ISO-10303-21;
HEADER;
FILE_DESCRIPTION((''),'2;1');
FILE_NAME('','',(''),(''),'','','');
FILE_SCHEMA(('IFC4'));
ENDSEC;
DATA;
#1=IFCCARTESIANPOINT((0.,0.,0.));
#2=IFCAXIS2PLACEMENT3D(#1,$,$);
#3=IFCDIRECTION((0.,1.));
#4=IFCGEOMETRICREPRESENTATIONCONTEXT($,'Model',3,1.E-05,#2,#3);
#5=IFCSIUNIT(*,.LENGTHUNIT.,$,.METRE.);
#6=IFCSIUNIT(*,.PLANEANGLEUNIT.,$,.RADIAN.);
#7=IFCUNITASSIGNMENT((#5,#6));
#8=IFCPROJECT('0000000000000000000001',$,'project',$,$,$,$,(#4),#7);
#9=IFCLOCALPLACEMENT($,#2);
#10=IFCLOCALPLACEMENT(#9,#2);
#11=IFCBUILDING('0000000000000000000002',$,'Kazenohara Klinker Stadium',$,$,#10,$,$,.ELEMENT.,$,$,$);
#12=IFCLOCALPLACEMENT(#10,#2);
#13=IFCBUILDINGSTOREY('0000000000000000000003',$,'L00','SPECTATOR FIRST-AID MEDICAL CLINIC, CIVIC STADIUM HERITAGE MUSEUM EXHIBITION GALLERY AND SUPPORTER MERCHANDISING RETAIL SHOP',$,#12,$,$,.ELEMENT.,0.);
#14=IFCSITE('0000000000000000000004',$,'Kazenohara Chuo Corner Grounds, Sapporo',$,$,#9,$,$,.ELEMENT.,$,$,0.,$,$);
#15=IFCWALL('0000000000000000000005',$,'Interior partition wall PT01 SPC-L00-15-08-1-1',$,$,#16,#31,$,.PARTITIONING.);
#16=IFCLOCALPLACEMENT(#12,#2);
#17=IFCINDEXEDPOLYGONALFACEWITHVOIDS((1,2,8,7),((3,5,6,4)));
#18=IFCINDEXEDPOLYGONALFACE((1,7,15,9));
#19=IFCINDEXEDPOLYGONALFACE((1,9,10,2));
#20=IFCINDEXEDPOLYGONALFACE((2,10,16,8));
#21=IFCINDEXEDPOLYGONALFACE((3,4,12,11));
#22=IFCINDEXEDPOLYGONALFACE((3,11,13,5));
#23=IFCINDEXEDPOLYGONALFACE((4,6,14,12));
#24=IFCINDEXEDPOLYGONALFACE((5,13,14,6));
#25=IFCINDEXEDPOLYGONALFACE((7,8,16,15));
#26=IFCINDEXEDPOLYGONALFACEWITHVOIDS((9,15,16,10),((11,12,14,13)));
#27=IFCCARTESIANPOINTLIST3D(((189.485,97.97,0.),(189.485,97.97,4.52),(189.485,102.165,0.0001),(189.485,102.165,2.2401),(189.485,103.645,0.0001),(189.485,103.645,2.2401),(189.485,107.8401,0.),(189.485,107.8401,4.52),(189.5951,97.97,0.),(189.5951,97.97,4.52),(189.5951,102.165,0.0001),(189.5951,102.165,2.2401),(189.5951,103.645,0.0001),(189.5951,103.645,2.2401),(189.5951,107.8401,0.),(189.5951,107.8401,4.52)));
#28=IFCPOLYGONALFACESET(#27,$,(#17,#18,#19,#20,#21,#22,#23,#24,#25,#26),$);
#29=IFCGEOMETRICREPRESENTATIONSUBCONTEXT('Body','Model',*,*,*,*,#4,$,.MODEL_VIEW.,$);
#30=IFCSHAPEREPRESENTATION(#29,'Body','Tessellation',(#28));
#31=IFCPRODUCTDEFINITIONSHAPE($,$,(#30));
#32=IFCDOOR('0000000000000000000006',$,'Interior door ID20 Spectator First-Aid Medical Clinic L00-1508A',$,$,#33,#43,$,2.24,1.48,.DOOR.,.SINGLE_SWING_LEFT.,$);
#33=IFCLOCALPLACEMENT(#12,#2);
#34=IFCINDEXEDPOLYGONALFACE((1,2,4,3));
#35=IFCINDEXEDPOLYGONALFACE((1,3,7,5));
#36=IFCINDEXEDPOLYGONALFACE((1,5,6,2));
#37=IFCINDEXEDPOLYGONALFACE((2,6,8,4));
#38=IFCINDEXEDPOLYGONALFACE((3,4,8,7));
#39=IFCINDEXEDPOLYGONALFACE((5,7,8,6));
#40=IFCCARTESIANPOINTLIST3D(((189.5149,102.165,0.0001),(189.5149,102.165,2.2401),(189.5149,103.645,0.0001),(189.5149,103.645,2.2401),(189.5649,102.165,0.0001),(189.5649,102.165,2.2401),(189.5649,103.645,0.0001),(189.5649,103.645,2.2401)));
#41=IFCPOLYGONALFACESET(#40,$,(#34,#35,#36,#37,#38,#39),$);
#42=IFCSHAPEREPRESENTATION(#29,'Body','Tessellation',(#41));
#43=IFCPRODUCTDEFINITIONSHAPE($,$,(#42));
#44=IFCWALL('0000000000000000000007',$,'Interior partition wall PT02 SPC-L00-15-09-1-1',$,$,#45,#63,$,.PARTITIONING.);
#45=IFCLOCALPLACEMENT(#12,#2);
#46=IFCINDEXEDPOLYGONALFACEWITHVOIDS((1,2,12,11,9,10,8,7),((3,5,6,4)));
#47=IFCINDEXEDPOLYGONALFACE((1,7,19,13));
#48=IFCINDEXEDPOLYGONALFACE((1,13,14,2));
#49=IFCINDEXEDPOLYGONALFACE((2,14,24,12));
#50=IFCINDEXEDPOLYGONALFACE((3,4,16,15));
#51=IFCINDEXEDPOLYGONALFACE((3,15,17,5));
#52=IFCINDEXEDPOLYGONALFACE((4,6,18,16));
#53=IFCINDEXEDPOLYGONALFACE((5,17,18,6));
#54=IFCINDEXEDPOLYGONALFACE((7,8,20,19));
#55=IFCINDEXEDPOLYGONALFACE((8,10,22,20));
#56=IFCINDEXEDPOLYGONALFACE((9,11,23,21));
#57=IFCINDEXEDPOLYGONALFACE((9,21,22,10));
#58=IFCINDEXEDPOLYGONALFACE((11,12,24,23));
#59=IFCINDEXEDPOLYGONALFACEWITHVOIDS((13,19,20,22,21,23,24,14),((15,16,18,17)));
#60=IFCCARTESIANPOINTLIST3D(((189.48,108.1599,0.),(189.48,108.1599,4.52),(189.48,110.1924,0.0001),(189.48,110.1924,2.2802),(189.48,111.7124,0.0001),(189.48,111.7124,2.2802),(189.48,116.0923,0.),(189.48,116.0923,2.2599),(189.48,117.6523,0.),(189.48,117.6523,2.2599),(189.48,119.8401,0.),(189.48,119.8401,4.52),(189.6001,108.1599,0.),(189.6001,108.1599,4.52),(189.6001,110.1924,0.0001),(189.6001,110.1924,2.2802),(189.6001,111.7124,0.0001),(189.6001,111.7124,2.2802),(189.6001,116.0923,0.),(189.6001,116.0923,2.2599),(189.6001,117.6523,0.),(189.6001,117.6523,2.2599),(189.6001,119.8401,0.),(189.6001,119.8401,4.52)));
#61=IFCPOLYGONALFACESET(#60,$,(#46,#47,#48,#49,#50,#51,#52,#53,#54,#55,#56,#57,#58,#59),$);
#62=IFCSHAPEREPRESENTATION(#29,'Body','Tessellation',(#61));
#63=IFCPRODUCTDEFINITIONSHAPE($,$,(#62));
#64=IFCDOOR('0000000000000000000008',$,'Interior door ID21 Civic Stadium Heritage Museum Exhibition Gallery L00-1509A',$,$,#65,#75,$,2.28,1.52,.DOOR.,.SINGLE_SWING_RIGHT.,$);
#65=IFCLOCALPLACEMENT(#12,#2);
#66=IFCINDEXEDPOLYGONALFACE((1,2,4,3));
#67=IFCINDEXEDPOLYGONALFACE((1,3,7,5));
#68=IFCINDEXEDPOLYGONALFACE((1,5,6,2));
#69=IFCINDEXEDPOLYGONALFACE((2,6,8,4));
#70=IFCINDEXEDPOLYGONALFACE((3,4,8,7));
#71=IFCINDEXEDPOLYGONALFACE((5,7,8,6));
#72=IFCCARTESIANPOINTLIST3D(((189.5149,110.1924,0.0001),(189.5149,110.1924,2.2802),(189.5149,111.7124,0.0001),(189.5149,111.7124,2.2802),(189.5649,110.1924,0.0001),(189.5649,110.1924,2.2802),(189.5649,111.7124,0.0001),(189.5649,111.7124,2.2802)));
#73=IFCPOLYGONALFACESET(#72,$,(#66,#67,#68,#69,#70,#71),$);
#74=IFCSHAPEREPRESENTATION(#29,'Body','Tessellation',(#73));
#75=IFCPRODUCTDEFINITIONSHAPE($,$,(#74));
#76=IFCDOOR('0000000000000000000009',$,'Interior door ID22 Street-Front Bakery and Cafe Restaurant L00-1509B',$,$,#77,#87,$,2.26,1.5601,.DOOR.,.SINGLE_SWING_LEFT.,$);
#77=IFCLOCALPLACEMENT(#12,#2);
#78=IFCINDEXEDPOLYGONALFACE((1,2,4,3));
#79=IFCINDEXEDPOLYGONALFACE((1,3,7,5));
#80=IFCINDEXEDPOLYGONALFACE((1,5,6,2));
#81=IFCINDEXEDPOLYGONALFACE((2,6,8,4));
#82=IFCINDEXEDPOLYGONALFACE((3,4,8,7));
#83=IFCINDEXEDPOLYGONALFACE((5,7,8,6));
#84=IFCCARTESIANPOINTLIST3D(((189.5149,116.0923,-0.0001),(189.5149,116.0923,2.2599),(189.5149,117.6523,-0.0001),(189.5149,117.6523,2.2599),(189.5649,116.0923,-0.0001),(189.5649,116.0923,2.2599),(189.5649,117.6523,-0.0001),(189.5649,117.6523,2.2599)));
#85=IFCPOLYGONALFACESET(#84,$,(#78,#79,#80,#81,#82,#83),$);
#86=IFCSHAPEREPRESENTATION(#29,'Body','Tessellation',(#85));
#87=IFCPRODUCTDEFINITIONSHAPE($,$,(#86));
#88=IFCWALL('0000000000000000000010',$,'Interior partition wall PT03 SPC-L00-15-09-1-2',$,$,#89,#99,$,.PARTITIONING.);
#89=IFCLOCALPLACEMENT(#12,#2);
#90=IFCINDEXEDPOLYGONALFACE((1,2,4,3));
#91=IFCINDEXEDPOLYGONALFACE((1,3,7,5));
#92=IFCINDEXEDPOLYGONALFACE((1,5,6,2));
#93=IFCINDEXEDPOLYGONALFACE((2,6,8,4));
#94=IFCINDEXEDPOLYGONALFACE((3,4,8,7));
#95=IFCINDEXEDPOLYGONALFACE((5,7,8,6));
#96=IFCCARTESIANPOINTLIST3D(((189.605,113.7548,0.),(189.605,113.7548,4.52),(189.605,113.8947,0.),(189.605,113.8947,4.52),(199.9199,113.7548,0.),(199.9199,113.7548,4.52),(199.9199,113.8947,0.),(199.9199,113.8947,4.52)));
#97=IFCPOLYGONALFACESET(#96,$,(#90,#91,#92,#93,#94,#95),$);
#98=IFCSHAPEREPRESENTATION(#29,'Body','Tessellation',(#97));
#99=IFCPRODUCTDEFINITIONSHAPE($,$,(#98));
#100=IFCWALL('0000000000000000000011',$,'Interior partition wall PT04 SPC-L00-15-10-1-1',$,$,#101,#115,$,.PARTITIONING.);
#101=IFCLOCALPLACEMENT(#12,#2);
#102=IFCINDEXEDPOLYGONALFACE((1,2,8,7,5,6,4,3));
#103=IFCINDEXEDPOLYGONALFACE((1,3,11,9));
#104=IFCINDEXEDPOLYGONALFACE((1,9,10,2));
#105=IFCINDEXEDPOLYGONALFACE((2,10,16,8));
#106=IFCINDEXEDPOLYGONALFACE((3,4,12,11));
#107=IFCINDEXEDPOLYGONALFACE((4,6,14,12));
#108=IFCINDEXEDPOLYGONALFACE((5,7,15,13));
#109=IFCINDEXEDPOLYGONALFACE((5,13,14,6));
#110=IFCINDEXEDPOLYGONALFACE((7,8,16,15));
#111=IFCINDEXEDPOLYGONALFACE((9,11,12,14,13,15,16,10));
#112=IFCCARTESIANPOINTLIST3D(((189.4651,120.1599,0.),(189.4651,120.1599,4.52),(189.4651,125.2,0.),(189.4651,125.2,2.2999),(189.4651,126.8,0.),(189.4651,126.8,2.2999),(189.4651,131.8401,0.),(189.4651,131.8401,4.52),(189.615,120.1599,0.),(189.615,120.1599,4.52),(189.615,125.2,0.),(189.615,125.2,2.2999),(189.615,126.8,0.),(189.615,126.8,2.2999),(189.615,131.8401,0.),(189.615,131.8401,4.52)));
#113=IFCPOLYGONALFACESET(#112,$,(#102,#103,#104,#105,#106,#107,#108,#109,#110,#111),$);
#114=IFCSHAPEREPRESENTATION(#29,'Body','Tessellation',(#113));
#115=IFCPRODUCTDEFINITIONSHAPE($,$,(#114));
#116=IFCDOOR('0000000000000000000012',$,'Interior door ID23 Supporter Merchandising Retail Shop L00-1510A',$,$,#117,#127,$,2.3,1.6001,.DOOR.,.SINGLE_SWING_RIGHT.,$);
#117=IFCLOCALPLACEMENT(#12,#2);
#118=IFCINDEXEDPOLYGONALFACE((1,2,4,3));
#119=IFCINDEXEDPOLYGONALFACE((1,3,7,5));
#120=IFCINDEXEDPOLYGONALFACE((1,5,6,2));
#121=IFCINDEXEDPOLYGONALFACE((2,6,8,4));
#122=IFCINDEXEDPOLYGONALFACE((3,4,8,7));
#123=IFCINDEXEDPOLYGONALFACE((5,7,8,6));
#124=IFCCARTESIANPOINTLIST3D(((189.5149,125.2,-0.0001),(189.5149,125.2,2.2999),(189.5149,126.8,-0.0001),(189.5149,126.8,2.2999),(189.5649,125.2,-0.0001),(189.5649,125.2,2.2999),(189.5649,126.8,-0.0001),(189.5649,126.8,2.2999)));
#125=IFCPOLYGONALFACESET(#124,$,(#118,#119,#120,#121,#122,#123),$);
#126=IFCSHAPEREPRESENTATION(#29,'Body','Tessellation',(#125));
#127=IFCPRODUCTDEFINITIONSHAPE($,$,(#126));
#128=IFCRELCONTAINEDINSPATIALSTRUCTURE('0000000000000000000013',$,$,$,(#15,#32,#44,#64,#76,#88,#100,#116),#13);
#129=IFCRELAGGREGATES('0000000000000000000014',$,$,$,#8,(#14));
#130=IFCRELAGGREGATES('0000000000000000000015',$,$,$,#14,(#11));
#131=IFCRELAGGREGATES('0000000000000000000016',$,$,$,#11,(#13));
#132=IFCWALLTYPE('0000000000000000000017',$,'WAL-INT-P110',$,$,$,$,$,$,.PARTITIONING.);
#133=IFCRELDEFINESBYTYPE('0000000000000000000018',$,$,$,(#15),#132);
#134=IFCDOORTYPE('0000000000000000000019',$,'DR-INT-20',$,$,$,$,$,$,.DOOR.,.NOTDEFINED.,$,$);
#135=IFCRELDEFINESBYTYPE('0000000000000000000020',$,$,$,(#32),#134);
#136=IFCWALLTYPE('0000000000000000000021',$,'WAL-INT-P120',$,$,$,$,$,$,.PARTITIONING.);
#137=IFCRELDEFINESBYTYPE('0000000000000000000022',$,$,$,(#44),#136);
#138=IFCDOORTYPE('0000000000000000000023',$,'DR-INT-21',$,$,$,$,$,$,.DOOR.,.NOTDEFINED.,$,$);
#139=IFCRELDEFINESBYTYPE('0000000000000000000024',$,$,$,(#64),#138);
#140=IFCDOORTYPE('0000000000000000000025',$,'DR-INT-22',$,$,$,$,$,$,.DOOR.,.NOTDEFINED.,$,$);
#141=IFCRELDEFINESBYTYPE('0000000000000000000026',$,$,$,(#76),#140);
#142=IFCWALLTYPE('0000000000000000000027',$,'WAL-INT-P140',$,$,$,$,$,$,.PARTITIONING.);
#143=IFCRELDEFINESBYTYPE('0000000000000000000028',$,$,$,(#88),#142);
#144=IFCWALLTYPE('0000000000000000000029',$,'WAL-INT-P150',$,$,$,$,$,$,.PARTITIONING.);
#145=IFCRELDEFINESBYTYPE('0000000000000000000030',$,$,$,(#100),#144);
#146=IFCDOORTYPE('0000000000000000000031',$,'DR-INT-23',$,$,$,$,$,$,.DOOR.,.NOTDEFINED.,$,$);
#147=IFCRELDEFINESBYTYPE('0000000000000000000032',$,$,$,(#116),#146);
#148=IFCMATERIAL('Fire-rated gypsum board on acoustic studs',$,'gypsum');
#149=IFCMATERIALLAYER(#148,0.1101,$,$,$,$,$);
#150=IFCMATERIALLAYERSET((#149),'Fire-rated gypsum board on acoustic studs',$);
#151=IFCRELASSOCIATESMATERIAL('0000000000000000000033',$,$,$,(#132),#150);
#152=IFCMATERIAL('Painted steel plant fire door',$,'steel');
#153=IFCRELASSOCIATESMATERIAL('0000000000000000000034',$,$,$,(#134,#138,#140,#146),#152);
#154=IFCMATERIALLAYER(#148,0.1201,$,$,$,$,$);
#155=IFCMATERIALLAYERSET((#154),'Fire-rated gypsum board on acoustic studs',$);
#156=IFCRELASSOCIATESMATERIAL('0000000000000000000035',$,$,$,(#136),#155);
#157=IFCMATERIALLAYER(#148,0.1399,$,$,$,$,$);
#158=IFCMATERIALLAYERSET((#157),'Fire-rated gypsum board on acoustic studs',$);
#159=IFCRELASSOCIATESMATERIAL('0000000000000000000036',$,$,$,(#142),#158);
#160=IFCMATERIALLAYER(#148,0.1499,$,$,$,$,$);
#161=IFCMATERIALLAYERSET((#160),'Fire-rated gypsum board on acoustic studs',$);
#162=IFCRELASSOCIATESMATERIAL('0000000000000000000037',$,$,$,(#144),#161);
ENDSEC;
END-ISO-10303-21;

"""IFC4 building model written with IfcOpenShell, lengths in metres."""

from ifc_helpers import new_model, si_unit, direction, frame, frame_2d, origin, place, context, subcontext, project, spatial, rectangle, extrude, material, layer, layer_set, type_object, element, fill, save


model = new_model("IFC4")

# Units and contexts
model_context = context("Model", 3, precision=1e-05, world=origin(), true_north=direction((0.0, 1.0)))
body_context = subcontext(model_context, "Body", "Model", "MODEL_VIEW")
ifc_project = project(units=[si_unit("LENGTHUNIT", "METRE"), si_unit("PLANEANGLEUNIT", "RADIAN")], contexts=[model_context])

# Site, building, storey
site_placement = place(None, origin())
site = spatial("IfcSite", under=ifc_project, at=site_placement, Name="Kazenohara Chuo Corner Grounds, Sapporo", CompositionType="ELEMENT", RefElevation=0.0)
building_placement = place(site_placement, origin())
building = spatial("IfcBuilding", under=site, at=building_placement, Name="Kazenohara Klinker Stadium", CompositionType="ELEMENT")
storey_placement = place(building_placement, origin())
storey = spatial("IfcBuildingStorey", under=building, at=storey_placement, Name="L00", Description="SPECTATOR FIRST-AID MEDICAL CLINIC, CIVIC STADIUM HERITAGE MUSEUM EXHIBITION GALLERY AND SUPPORTER MERCHANDISING RETAIL SHOP", CompositionType="ELEMENT", Elevation=0.0)

# Wall, opening, door
ifc_material_1 = material(Name="Fire-rated gypsum board on acoustic studs", Category="gypsum")
ifc_layer_1 = layer(ifc_material_1, 0.1101)
ifc_layer_set_1 = layer_set([ifc_layer_1], Name="Fire-rated gypsum board on acoustic studs")
wall_type_1 = type_object("IfcWallType", Name="WAL-INT-P110", PredefinedType="PARTITIONING", material=ifc_layer_set_1)
wall_1_placement = place(storey_placement, frame((189.54, 97.97, 0.0), z_axis=(0.0, 0.0, 1.0), x_axis=(0.0, 1.0, 0.0)))
wall_1 = element("IfcWall", 1, at=wall_1_placement, inside=storey, type_object=wall_type_1, Name="Interior partition wall PT01 SPC-L00-15-08-1-1", PredefinedType="PARTITIONING", context=body_context, shape_type="SweptSolid", body=[
    extrude(rectangle(XDim=9.8701, YDim=0.1101, at=frame_2d((4.9351, 0.0))), origin(), (0.0, 0.0, 1.0), 4.52),
])
opening_1_placement = place(wall_1_placement, frame((5.675, 0.0, 0.0), z_axis=(0.0, 0.0, 1.0), x_axis=(-1.0, 0.0, 0.0)))
opening_1 = element("IfcOpeningElement", 2, at=opening_1_placement, cuts=wall_1, PredefinedType="OPENING", context=body_context, shape_type="SweptSolid", body=[
    extrude(rectangle(XDim=1.48, YDim=2.24, at=frame_2d((0.74, 1.1201))), frame((0.0, 0.0649, 0.0), z_axis=(0.0, -1.0, 0.0), x_axis=(1.0, 0.0, 0.0)), (0.0, 0.0, 1.0), 0.1301),
])
ifc_material_2 = material(Name="Painted steel plant fire door", Category="steel")
door_type_1 = type_object("IfcDoorType", Name="DR-INT-20", OperationType="NOTDEFINED", PredefinedType="DOOR", material=ifc_material_2)
door_1_placement = place(opening_1_placement, origin())
door_1 = element("IfcDoor", 3, at=door_1_placement, inside=storey, type_object=door_type_1, Name="Interior door ID20 Spectator First-Aid Medical Clinic L00-1508A", OperationType="SINGLE_SWING_LEFT", OverallHeight=2.24, OverallWidth=1.48, PredefinedType="DOOR", context=body_context, shape_type="SweptSolid", body=[
    extrude(rectangle(XDim=1.48, YDim=2.24, at=frame_2d((0.74, 1.1201))), frame((0.0, 0.0249, 0.0), z_axis=(0.0, -1.0, 0.0), x_axis=(1.0, 0.0, 0.0)), (0.0, 0.0, 1.0), 0.05),
])
fill(opening_1, door_1)

# Wall, openings, doors
ifc_layer_2 = layer(ifc_material_1, 0.1201)
ifc_layer_set_2 = layer_set([ifc_layer_2], Name="Fire-rated gypsum board on acoustic studs")
wall_type_2 = type_object("IfcWallType", Name="WAL-INT-P120", PredefinedType="PARTITIONING", material=ifc_layer_set_2)
wall_2_placement = place(storey_placement, frame((189.54, 108.1599, 0.0), z_axis=(0.0, 0.0, 1.0), x_axis=(0.0, 1.0, 0.0)))
wall_2 = element("IfcWall", 4, at=wall_2_placement, inside=storey, type_object=wall_type_2, Name="Interior partition wall PT02 SPC-L00-15-09-1-1", PredefinedType="PARTITIONING", context=body_context, shape_type="SweptSolid", body=[
    extrude(rectangle(XDim=11.6802, YDim=0.1201, at=frame_2d((5.8401, 0.0))), origin(), (0.0, 0.0, 1.0), 4.52),
])
opening_2_placement = place(wall_2_placement, frame((3.5525, 0.0, 0.0), z_axis=(0.0, 0.0, 1.0), x_axis=(-1.0, 0.0, 0.0)))
opening_2 = element("IfcOpeningElement", 5, at=opening_2_placement, cuts=wall_2, PredefinedType="OPENING", context=body_context, shape_type="SweptSolid", body=[
    extrude(rectangle(XDim=1.52, YDim=2.28, at=frame_2d((0.76, 1.1401))), frame((0.0, 0.0701, 0.0), z_axis=(0.0, -1.0, 0.0), x_axis=(1.0, 0.0, 0.0)), (0.0, 0.0, 1.0), 0.1401),
])
opening_3_placement = place(wall_2_placement, frame((9.4924, 0.0, 0.0), z_axis=(0.0, 0.0, 1.0), x_axis=(-1.0, 0.0, 0.0)))
opening_3 = element("IfcOpeningElement", 6, at=opening_3_placement, cuts=wall_2, PredefinedType="OPENING", context=body_context, shape_type="SweptSolid", body=[
    extrude(rectangle(XDim=1.5601, YDim=2.26, at=frame_2d((0.78, 1.1299))), frame((0.0, 0.0701, 0.0), z_axis=(0.0, -1.0, 0.0), x_axis=(1.0, 0.0, 0.0)), (0.0, 0.0, 1.0), 0.1401),
])
door_type_2 = type_object("IfcDoorType", Name="DR-INT-21", OperationType="NOTDEFINED", PredefinedType="DOOR", material=ifc_material_2)
door_2_placement = place(opening_2_placement, origin())
door_2 = element("IfcDoor", 7, at=door_2_placement, inside=storey, type_object=door_type_2, Name="Interior door ID21 Civic Stadium Heritage Museum Exhibition Gallery L00-1509A", OperationType="SINGLE_SWING_RIGHT", OverallHeight=2.28, OverallWidth=1.52, PredefinedType="DOOR", context=body_context, shape_type="SweptSolid", body=[
    extrude(rectangle(XDim=1.52, YDim=2.28, at=frame_2d((0.76, 1.1401))), frame((0.0, 0.0249, 0.0), z_axis=(0.0, -1.0, 0.0), x_axis=(1.0, 0.0, 0.0)), (0.0, 0.0, 1.0), 0.05),
])
fill(opening_2, door_2)
door_type_3 = type_object("IfcDoorType", Name="DR-INT-22", OperationType="NOTDEFINED", PredefinedType="DOOR", material=ifc_material_2)
door_3_placement = place(opening_3_placement, origin())
door_3 = element("IfcDoor", 8, at=door_3_placement, inside=storey, type_object=door_type_3, Name="Interior door ID22 Street-Front Bakery and Cafe Restaurant L00-1509B", OperationType="SINGLE_SWING_LEFT", OverallHeight=2.26, OverallWidth=1.5601, PredefinedType="DOOR", context=body_context, shape_type="SweptSolid", body=[
    extrude(rectangle(XDim=1.5601, YDim=2.26, at=frame_2d((0.78, 1.1299))), frame((0.0, 0.0249, 0.0), z_axis=(0.0, -1.0, 0.0), x_axis=(1.0, 0.0, 0.0)), (0.0, 0.0, 1.0), 0.05),
])
fill(opening_3, door_3)

# Wall
ifc_layer_3 = layer(ifc_material_1, 0.1399)
ifc_layer_set_3 = layer_set([ifc_layer_3], Name="Fire-rated gypsum board on acoustic studs")
wall_type_3 = type_object("IfcWallType", Name="WAL-INT-P140", PredefinedType="PARTITIONING", material=ifc_layer_set_3)
wall_3_placement = place(storey_placement, frame((189.605, 113.8247, 0.0), z_axis=(0.0, 0.0, 1.0), x_axis=(1.0, 0.0, 0.0)))
element("IfcWall", 9, at=wall_3_placement, inside=storey, type_object=wall_type_3, Name="Interior partition wall PT03 SPC-L00-15-09-1-2", PredefinedType="PARTITIONING", context=body_context, shape_type="SweptSolid", body=[
    extrude(rectangle(XDim=10.3149, YDim=0.1399, at=frame_2d((5.1575, 0.0))), origin(), (0.0, 0.0, 1.0), 4.52),
])

# Wall, opening, door
ifc_layer_4 = layer(ifc_material_1, 0.1499)
ifc_layer_set_4 = layer_set([ifc_layer_4], Name="Fire-rated gypsum board on acoustic studs")
wall_type_4 = type_object("IfcWallType", Name="WAL-INT-P150", PredefinedType="PARTITIONING", material=ifc_layer_set_4)
wall_4_placement = place(storey_placement, frame((189.54, 120.1599, 0.0), z_axis=(0.0, 0.0, 1.0), x_axis=(0.0, 1.0, 0.0)))
wall_4 = element("IfcWall", 10, at=wall_4_placement, inside=storey, type_object=wall_type_4, Name="Interior partition wall PT04 SPC-L00-15-10-1-1", PredefinedType="PARTITIONING", context=body_context, shape_type="SweptSolid", body=[
    extrude(rectangle(XDim=11.6802, YDim=0.1499, at=frame_2d((5.8401, 0.0))), origin(), (0.0, 0.0, 1.0), 4.52),
])
opening_4_placement = place(wall_4_placement, frame((6.6401, 0.0, 0.0), z_axis=(0.0, 0.0, 1.0), x_axis=(-1.0, 0.0, 0.0)))
opening_4 = element("IfcOpeningElement", 11, at=opening_4_placement, cuts=wall_4, PredefinedType="OPENING", context=body_context, shape_type="SweptSolid", body=[
    extrude(rectangle(XDim=1.6001, YDim=2.3, at=frame_2d((0.8, 1.1499))), frame((0.0, 0.085, 0.0), z_axis=(0.0, -1.0, 0.0), x_axis=(1.0, 0.0, 0.0)), (0.0, 0.0, 1.0), 0.1699),
])
door_type_4 = type_object("IfcDoorType", Name="DR-INT-23", OperationType="NOTDEFINED", PredefinedType="DOOR", material=ifc_material_2)
door_4_placement = place(opening_4_placement, origin())
door_4 = element("IfcDoor", 12, at=door_4_placement, inside=storey, type_object=door_type_4, Name="Interior door ID23 Supporter Merchandising Retail Shop L00-1510A", OperationType="SINGLE_SWING_RIGHT", OverallHeight=2.3, OverallWidth=1.6001, PredefinedType="DOOR", context=body_context, shape_type="SweptSolid", body=[
    extrude(rectangle(XDim=1.6001, YDim=2.3, at=frame_2d((0.8, 1.1499))), frame((0.0, 0.0249, 0.0), z_axis=(0.0, -1.0, 0.0), x_axis=(1.0, 0.0, 0.0)), (0.0, 0.0, 1.0), 0.05),
])
fill(opening_4, door_4)

save(model, "model.ifc")
